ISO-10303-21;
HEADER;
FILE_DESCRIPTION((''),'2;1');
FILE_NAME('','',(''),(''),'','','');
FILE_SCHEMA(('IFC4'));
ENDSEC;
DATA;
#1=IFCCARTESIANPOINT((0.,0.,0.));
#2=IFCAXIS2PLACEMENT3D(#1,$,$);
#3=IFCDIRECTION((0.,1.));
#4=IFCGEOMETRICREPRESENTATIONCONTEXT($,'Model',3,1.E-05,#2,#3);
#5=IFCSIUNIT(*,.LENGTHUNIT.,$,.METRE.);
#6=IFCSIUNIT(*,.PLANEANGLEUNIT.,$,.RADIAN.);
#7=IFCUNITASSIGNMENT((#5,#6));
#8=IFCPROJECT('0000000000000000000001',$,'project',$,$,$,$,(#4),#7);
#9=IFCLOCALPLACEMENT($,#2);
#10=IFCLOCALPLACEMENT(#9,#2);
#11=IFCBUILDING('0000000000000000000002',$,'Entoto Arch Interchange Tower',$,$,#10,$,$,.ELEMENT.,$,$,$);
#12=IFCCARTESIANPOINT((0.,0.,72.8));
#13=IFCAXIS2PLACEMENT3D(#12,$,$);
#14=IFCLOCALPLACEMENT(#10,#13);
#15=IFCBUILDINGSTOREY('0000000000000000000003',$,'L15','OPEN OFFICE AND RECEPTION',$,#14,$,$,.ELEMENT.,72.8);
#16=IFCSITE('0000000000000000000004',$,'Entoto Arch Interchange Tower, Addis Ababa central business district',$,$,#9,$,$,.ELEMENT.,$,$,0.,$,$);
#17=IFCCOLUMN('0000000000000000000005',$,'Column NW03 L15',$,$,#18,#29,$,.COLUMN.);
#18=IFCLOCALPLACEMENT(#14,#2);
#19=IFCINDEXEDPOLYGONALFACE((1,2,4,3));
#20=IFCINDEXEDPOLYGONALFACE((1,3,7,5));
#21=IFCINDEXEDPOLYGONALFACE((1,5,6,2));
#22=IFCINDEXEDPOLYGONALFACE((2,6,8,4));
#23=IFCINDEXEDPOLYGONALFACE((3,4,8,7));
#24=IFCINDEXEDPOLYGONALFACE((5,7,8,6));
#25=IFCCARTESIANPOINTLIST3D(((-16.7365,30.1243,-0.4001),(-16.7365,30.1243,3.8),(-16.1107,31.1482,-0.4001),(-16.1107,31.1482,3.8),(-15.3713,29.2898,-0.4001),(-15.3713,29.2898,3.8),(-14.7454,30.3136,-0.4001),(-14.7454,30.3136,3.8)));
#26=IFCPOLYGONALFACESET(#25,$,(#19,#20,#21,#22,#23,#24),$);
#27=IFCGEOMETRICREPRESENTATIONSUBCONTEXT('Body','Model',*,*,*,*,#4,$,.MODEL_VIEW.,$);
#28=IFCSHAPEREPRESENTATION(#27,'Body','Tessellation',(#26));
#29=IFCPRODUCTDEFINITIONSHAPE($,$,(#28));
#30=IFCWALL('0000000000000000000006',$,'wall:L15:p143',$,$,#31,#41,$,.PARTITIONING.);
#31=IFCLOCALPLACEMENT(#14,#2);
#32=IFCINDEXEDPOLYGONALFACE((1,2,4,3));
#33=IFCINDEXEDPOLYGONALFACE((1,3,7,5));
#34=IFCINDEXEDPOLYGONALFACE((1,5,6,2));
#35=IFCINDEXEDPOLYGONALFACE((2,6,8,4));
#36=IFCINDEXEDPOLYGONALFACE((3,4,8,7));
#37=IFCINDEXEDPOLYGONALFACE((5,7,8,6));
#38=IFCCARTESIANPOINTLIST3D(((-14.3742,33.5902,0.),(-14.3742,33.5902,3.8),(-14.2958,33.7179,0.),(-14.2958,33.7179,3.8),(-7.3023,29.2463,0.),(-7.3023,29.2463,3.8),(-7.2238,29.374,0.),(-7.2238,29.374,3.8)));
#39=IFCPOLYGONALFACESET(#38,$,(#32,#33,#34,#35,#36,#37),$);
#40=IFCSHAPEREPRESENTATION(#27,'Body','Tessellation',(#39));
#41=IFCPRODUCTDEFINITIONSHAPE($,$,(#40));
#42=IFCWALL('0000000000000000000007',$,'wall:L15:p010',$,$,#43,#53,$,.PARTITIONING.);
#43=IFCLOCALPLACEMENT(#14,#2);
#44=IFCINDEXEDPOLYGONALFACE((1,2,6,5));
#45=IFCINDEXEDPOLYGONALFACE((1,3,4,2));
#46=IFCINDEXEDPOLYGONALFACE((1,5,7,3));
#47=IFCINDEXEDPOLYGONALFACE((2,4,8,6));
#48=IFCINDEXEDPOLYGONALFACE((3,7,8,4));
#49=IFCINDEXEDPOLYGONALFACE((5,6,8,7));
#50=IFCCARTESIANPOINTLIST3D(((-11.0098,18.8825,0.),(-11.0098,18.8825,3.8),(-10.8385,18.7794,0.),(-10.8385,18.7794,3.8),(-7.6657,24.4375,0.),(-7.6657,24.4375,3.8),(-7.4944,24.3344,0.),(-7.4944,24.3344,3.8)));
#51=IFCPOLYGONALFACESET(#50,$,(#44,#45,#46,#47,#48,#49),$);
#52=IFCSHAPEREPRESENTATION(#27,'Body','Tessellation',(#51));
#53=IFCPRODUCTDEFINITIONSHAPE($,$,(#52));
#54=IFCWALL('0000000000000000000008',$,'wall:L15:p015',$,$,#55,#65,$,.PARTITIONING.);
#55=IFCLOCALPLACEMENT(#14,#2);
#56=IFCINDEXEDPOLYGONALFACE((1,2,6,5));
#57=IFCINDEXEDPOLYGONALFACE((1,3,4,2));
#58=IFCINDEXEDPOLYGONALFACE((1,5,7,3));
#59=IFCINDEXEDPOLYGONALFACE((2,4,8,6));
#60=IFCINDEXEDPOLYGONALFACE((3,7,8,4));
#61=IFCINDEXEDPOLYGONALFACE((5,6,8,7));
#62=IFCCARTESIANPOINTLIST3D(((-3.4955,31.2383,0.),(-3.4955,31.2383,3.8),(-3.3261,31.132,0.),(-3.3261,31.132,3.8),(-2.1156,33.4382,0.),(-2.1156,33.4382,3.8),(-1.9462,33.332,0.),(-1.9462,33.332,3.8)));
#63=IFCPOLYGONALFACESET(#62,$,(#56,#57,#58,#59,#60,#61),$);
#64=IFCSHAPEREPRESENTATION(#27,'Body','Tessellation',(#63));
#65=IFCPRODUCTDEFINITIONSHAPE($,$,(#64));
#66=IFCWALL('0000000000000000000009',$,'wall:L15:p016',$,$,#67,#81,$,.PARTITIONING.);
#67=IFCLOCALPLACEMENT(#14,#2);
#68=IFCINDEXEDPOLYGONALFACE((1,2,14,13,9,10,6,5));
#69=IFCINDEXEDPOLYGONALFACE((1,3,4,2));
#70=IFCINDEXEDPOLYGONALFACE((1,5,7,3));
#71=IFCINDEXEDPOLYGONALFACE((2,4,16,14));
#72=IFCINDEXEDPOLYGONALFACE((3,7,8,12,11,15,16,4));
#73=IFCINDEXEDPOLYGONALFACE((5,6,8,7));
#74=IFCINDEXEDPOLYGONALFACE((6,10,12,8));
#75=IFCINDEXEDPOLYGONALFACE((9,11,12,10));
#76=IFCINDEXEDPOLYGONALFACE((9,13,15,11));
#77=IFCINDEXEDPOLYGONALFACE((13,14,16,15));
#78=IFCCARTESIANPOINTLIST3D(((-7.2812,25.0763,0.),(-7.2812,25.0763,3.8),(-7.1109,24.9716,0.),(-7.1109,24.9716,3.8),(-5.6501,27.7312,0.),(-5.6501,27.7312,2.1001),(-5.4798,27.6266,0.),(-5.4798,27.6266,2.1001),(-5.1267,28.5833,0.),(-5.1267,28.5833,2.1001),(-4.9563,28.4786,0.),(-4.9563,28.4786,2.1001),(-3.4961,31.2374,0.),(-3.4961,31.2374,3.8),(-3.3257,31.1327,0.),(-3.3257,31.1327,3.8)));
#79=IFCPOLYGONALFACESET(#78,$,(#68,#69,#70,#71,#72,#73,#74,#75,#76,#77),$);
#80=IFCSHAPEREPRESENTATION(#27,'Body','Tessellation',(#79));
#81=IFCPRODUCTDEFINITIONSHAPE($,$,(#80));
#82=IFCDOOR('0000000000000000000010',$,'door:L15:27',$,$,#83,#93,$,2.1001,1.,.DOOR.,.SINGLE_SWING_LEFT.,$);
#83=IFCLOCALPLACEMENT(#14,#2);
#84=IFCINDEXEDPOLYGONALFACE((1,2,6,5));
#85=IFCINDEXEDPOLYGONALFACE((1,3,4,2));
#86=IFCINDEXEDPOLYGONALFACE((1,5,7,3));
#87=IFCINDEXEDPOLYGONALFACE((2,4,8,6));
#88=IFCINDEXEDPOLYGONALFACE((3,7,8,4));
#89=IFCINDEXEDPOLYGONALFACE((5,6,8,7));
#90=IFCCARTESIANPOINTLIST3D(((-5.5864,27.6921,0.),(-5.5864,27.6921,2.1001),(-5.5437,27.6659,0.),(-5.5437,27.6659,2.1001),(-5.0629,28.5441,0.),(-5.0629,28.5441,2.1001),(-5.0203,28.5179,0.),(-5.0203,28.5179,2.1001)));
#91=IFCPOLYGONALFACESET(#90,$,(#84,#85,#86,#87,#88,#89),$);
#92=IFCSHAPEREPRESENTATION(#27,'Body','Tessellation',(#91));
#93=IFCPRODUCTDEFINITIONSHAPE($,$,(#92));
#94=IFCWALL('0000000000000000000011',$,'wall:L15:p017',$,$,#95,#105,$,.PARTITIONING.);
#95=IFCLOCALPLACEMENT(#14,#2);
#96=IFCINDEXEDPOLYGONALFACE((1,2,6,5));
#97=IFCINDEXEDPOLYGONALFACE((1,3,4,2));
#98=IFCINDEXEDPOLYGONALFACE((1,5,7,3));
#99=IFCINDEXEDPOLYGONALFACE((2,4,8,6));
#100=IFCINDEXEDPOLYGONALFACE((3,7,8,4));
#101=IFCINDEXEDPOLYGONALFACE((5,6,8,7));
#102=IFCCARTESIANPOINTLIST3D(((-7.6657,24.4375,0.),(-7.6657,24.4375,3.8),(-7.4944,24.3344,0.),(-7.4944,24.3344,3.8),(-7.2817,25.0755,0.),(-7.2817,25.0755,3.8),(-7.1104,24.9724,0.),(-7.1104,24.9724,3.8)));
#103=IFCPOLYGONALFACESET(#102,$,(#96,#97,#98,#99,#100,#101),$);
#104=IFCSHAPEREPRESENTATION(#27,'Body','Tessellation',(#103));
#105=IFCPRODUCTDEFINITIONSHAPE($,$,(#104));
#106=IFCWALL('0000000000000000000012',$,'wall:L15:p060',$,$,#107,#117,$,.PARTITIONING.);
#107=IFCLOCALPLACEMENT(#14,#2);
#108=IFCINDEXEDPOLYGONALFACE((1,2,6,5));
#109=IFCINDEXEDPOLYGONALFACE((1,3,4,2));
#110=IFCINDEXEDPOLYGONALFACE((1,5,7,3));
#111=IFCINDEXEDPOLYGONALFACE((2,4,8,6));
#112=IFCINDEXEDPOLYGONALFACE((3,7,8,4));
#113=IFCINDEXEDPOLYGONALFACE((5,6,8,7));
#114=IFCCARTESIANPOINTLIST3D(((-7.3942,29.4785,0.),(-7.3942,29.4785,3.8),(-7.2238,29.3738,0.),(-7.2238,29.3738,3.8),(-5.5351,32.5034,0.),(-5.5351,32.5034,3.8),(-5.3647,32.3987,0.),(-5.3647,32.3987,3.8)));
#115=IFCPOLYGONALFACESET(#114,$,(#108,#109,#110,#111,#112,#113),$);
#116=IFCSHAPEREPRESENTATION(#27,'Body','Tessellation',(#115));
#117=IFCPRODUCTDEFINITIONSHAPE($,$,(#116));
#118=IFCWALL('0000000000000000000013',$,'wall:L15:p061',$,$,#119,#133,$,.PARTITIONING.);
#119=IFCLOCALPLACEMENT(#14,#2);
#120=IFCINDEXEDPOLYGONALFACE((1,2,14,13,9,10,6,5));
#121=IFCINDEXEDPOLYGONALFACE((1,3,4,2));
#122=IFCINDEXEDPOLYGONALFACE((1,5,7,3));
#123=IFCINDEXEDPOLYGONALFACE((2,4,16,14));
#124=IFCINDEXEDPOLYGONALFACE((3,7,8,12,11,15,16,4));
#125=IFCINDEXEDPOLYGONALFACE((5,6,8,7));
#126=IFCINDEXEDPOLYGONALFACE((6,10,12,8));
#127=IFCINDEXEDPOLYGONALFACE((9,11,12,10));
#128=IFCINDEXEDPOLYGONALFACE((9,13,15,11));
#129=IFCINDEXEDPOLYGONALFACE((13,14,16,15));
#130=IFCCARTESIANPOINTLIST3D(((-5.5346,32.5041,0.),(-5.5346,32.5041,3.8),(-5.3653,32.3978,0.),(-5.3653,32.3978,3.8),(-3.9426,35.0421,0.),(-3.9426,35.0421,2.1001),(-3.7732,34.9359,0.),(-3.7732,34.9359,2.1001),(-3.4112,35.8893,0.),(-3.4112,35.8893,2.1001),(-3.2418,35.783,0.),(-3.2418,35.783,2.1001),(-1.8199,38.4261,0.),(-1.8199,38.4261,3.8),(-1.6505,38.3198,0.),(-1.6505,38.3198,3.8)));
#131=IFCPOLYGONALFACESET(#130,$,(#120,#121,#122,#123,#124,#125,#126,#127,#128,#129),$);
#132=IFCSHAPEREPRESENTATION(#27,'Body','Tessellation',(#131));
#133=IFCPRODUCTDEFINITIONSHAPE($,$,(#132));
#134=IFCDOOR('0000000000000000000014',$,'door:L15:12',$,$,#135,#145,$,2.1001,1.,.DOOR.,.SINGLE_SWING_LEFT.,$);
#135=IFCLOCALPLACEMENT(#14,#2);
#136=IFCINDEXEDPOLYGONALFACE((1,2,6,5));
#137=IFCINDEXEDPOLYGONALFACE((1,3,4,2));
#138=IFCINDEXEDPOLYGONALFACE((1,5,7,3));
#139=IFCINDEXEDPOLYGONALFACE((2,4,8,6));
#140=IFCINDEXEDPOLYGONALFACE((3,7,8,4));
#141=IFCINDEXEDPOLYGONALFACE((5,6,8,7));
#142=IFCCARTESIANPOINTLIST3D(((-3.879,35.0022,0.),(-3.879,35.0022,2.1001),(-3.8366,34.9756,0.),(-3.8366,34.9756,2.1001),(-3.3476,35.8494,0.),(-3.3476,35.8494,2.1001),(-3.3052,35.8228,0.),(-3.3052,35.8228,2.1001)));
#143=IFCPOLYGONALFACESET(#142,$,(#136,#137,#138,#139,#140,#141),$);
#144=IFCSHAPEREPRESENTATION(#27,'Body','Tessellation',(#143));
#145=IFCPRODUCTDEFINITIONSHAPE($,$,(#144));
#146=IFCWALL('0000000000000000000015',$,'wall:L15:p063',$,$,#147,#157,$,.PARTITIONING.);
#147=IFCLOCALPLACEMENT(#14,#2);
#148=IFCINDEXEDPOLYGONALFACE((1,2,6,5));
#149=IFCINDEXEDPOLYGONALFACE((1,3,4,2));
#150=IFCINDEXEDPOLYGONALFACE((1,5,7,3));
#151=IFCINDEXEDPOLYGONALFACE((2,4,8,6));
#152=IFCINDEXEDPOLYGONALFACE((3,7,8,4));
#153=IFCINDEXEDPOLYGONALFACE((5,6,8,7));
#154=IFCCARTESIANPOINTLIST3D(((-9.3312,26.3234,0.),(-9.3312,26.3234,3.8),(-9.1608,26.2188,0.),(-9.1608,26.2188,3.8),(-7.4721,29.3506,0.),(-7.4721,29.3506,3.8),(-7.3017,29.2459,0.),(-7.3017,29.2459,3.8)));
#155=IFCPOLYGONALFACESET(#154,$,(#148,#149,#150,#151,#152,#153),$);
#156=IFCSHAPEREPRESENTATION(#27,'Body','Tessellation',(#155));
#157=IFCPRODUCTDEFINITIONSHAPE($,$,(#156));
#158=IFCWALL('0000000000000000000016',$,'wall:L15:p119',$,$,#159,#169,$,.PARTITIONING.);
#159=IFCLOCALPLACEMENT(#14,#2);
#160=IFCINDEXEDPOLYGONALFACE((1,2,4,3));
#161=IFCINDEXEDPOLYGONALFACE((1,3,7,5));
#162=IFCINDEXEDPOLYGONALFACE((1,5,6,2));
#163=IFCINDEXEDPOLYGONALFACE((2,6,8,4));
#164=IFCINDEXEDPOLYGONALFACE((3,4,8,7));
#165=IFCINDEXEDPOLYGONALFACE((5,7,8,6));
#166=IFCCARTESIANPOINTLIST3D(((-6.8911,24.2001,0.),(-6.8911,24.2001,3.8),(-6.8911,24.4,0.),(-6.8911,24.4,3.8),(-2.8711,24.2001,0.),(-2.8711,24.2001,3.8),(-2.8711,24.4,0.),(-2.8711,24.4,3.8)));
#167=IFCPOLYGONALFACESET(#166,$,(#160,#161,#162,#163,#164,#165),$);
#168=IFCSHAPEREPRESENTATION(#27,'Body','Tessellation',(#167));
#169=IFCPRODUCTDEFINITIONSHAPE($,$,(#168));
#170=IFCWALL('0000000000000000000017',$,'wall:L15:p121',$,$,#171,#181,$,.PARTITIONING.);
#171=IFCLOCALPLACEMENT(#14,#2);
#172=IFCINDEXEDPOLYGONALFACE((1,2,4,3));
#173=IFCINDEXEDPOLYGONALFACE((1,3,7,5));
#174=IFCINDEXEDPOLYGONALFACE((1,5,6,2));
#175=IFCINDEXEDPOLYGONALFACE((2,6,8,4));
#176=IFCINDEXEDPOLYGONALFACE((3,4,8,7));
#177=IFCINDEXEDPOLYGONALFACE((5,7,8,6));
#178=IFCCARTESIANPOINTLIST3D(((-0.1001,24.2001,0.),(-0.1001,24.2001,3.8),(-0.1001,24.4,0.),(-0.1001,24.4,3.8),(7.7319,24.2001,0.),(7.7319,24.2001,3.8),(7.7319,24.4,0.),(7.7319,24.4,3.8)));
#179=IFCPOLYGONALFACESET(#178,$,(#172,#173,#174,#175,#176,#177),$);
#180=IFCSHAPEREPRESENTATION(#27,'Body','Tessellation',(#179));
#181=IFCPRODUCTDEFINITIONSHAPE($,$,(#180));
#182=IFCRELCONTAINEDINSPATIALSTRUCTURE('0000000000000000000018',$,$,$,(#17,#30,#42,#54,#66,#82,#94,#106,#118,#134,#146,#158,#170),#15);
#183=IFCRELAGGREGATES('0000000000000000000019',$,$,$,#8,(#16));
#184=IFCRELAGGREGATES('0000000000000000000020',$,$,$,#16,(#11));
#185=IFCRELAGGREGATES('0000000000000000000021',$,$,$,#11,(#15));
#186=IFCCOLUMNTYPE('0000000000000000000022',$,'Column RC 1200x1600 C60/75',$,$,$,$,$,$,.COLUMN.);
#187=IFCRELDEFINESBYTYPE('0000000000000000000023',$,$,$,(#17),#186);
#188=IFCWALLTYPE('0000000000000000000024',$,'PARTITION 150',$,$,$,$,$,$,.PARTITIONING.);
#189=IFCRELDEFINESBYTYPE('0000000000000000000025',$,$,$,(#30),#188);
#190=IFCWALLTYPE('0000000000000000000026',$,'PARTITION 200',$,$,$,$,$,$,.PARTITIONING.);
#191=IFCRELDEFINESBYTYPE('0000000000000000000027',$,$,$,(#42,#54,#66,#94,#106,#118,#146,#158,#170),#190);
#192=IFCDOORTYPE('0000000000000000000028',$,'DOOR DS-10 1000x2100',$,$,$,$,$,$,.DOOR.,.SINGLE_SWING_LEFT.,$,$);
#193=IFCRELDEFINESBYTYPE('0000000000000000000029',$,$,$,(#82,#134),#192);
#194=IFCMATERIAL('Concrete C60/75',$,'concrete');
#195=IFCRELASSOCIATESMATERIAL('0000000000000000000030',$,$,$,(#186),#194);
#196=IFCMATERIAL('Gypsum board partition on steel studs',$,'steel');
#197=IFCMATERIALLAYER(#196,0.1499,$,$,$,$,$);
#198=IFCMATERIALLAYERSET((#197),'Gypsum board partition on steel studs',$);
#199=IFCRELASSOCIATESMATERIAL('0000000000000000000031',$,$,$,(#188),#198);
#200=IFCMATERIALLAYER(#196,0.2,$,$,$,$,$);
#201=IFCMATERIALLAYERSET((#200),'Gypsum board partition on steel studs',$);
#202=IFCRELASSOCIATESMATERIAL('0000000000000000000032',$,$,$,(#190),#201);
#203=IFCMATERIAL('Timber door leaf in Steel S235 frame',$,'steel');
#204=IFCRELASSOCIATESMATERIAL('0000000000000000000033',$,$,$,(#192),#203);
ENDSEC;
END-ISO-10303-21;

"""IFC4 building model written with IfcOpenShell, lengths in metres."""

from ifc_helpers import new_model, si_unit, direction, frame, frame_2d, origin, origin_2d, place, context, subcontext, project, spatial, rectangle, extrude, material, layer, layer_set, material_profile, profile_set, type_object, element, fill, save


model = new_model("IFC4")

# Units and contexts
model_context = context("Model", 3, precision=1e-05, world=origin(), true_north=direction((0.0, 1.0)))
body_context = subcontext(model_context, "Body", "Model", "MODEL_VIEW")
ifc_project = project(units=[si_unit("LENGTHUNIT", "METRE"), si_unit("PLANEANGLEUNIT", "RADIAN")], contexts=[model_context])

# Site, building, storey
site_placement = place(None, origin())
site = spatial("IfcSite", under=ifc_project, at=site_placement, Name="Entoto Arch Interchange Tower, Addis Ababa central business district", CompositionType="ELEMENT", RefElevation=0.0)
building_placement = place(site_placement, origin())
building = spatial("IfcBuilding", under=site, at=building_placement, Name="Entoto Arch Interchange Tower", CompositionType="ELEMENT")
storey_placement = place(building_placement, frame((0.0, 0.0, 72.8)))
storey = spatial("IfcBuildingStorey", under=building, at=storey_placement, Name="L15", Description="OPEN OFFICE AND RECEPTION", CompositionType="ELEMENT", Elevation=72.8)

# Column
ifc_material_1 = material(Name="Concrete C60/75", Category="concrete")
ifc_material_profile = material_profile(ifc_material_1, rectangle(XDim=1.2, YDim=1.6001, at=origin_2d()))
ifc_profile_set = profile_set([ifc_material_profile], Name="Concrete C60/75")
column_type = type_object("IfcColumnType", Name="Column RC 1200x1600 C60/75", PredefinedType="COLUMN", material=ifc_profile_set)
column_placement = place(storey_placement, frame((-15.741, 30.219, -0.4001), z_axis=(0.0, 0.0, 1.0), x_axis=(0.521546, 0.853223, 0.0)))
element("IfcColumn", 1, at=column_placement, inside=storey, type_object=column_type, Name="Column NW03 L15", PredefinedType="COLUMN", context=body_context, shape_type="SweptSolid", body=[
    extrude(rectangle(XDim=1.2, YDim=1.6001, at=origin_2d()), origin(), (0.0, 0.0, 1.0), 4.2002),
])

# Walls
ifc_material_2 = material(Name="Gypsum board partition on steel studs", Category="steel")
ifc_layer_1 = layer(ifc_material_2, 0.1499)
ifc_layer_set_1 = layer_set([ifc_layer_1], Name="Gypsum board partition on steel studs")
wall_type_1 = type_object("IfcWallType", Name="PARTITION 150", PredefinedType="PARTITIONING", material=ifc_layer_set_1)
wall_1_placement = place(storey_placement, frame((-7.2629, 29.3101, 0.0), z_axis=(0.0, 0.0, 1.0), x_axis=(-0.852089, 0.523396, 0.0)))
element("IfcWall", 2, at=wall_1_placement, inside=storey, type_object=wall_type_1, Name="wall:L15:p143", PredefinedType="PARTITIONING", context=body_context, shape_type="SweptSolid", body=[
    extrude(rectangle(XDim=8.2996, YDim=0.1499, at=frame_2d((4.1499, 0.0))), origin(), (0.0, 0.0, 1.0), 3.8),
])
ifc_layer_2 = layer(ifc_material_2, 0.2)
ifc_layer_set_2 = layer_set([ifc_layer_2], Name="Gypsum board partition on steel studs")
wall_type_2 = type_object("IfcWallType", Name="PARTITION 200", PredefinedType="PARTITIONING", material=ifc_layer_set_2)
wall_2_placement = place(storey_placement, frame((-7.5801, 24.386, 0.0), z_axis=(0.0, 0.0, 1.0), x_axis=(-0.515747, -0.856741, 0.0)))
element("IfcWall", 3, at=wall_2_placement, inside=storey, type_object=wall_type_2, Name="wall:L15:p010", PredefinedType="PARTITIONING", context=body_context, shape_type="SweptSolid", body=[
    extrude(rectangle(XDim=6.4839, YDim=0.2, at=frame_2d((3.2419, 0.0))), origin(), (0.0, 0.0, 1.0), 3.8),
])
wall_3_placement = place(storey_placement, frame((-2.031, 33.385, 0.0), z_axis=(0.0, 0.0, 1.0), x_axis=(-0.531359, -0.847147, 0.0)))
element("IfcWall", 4, at=wall_3_placement, inside=storey, type_object=wall_type_2, Name="wall:L15:p015", PredefinedType="PARTITIONING", context=body_context, shape_type="SweptSolid", body=[
    extrude(rectangle(XDim=2.5969, YDim=0.2, at=frame_2d((1.2983, 0.0))), origin(), (0.0, 0.0, 1.0), 3.8),
])

# Wall, opening, door
wall_4_placement = place(storey_placement, frame((-3.4109, 31.1851, 0.0), z_axis=(0.0, 0.0, 1.0), x_axis=(-0.523464, -0.852048, 0.0)))
wall_4 = element("IfcWall", 5, at=wall_4_placement, inside=storey, type_object=wall_type_2, Name="wall:L15:p016", PredefinedType="PARTITIONING", context=body_context, shape_type="SweptSolid", body=[
    extrude(rectangle(XDim=7.231, YDim=0.2, at=frame_2d((3.6155, 0.0))), origin(), (0.0, 0.0, 1.0), 3.8),
])
opening_1_placement = place(wall_4_placement, frame((3.115, 0.0, 0.0)))
opening_1 = element("IfcOpeningElement", 6, at=opening_1_placement, cuts=wall_4, PredefinedType="OPENING", context=body_context, shape_type="SweptSolid", body=[
    extrude(rectangle(XDim=1.0, YDim=2.1001, at=frame_2d((0.5, 1.05))), frame((0.0, 0.1099, 0.0), z_axis=(0.0, -1.0, 0.0), x_axis=(1.0, 0.0, 0.0)), (0.0, 0.0, 1.0), 0.22),
])
ifc_material_3 = material(Name="Timber door leaf in Steel S235 frame", Category="steel")
door_type = type_object("IfcDoorType", Name="DOOR DS-10 1000x2100", OperationType="SINGLE_SWING_LEFT", PredefinedType="DOOR", material=ifc_material_3)
door_1_placement = place(opening_1_placement, origin())
door_1 = element("IfcDoor", 7, at=door_1_placement, inside=storey, type_object=door_type, Name="door:L15:27", OperationType="SINGLE_SWING_LEFT", OverallHeight=2.1001, OverallWidth=1.0, PredefinedType="DOOR", context=body_context, shape_type="SweptSolid", body=[
    extrude(rectangle(XDim=1.0, YDim=2.1001, at=frame_2d((0.5, 1.05))), frame((0.0, 0.0249, 0.0), z_axis=(0.0, -1.0, 0.0), x_axis=(1.0, 0.0, 0.0)), (0.0, 0.0, 1.0), 0.05),
])
fill(opening_1, door_1)

# Walls
wall_5_placement = place(storey_placement, frame((-7.196, 25.0239, 0.0), z_axis=(0.0, 0.0, 1.0), x_axis=(-0.515749, -0.85674, 0.0)))
element("IfcWall", 8, at=wall_5_placement, inside=storey, type_object=wall_type_2, Name="wall:L15:p017", PredefinedType="PARTITIONING", context=body_context, shape_type="SweptSolid", body=[
    extrude(rectangle(XDim=0.7446, YDim=0.2, at=frame_2d((0.3723, 0.0))), origin(), (0.0, 0.0, 1.0), 3.8),
])
wall_6_placement = place(storey_placement, frame((-7.3091, 29.426, 0.0), z_axis=(0.0, 0.0, 1.0), x_axis=(0.523618, 0.851953, 0.0)))
element("IfcWall", 9, at=wall_6_placement, inside=storey, type_object=wall_type_2, Name="wall:L15:p060", PredefinedType="PARTITIONING", context=body_context, shape_type="SweptSolid", body=[
    extrude(rectangle(XDim=3.5505, YDim=0.2, at=frame_2d((1.7754, 0.0))), origin(), (0.0, 0.0, 1.0), 3.8),
])

# Wall, opening, door
wall_7_placement = place(storey_placement, frame((-5.45, 32.4509, 0.0), z_axis=(0.0, 0.0, 1.0), x_axis=(0.531389, 0.847128, 0.0)))
wall_7 = element("IfcWall", 10, at=wall_7_placement, inside=storey, type_object=wall_type_2, Name="wall:L15:p061", PredefinedType="PARTITIONING", context=body_context, shape_type="SweptSolid", body=[
    extrude(rectangle(XDim=6.9907, YDim=0.2, at=frame_2d((3.4954, 0.0))), origin(), (0.0, 0.0, 1.0), 3.8),
])
opening_2_placement = place(wall_7_placement, frame((2.9961, 0.0, 0.0)))
opening_2 = element("IfcOpeningElement", 11, at=opening_2_placement, cuts=wall_7, PredefinedType="OPENING", context=body_context, shape_type="SweptSolid", body=[
    extrude(rectangle(XDim=1.0, YDim=2.1001, at=frame_2d((0.5, 1.05))), frame((0.0, 0.1099, 0.0), z_axis=(0.0, -1.0, 0.0), x_axis=(1.0, 0.0, 0.0)), (0.0, 0.0, 1.0), 0.22),
])
door_2_placement = place(opening_2_placement, origin())
door_2 = element("IfcDoor", 12, at=door_2_placement, inside=storey, type_object=door_type, Name="door:L15:12", OperationType="SINGLE_SWING_LEFT", OverallHeight=2.1001, OverallWidth=1.0, PredefinedType="DOOR", context=body_context, shape_type="SweptSolid", body=[
    extrude(rectangle(XDim=1.0, YDim=2.1001, at=frame_2d((0.5, 1.05))), frame((0.0, 0.0249, 0.0), z_axis=(0.0, -1.0, 0.0), x_axis=(1.0, 0.0, 0.0)), (0.0, 0.0, 1.0), 0.05),
])
fill(opening_2, door_2)

# Walls
wall_8_placement = place(storey_placement, frame((-9.2461, 26.271, 0.0), z_axis=(0.0, 0.0, 1.0), x_axis=(0.523342, 0.852123, 0.0)))
element("IfcWall", 13, at=wall_8_placement, inside=storey, type_object=wall_type_2, Name="wall:L15:p063", PredefinedType="PARTITIONING", context=body_context, shape_type="SweptSolid", body=[
    extrude(rectangle(XDim=3.5525, YDim=0.2, at=frame_2d((1.7764, 0.0))), origin(), (0.0, 0.0, 1.0), 3.8),
])
wall_9_placement = place(storey_placement, frame((-2.8711, 24.3, 0.0), z_axis=(0.0, 0.0, 1.0), x_axis=(-1.0, 0.0, 0.0)))
element("IfcWall", 14, at=wall_9_placement, inside=storey, type_object=wall_type_2, Name="wall:L15:p119", PredefinedType="PARTITIONING", context=body_context, shape_type="SweptSolid", body=[
    extrude(rectangle(XDim=4.02, YDim=0.2, at=frame_2d((2.01, 0.0))), origin(), (0.0, 0.0, 1.0), 3.8),
])
wall_10_placement = place(storey_placement, frame((-0.1001, 24.3, 0.0), z_axis=(0.0, 0.0, 1.0), x_axis=(1.0, 0.0, 0.0)))
element("IfcWall", 15, at=wall_10_placement, inside=storey, type_object=wall_type_2, Name="wall:L15:p121", PredefinedType="PARTITIONING", context=body_context, shape_type="SweptSolid", body=[
    extrude(rectangle(XDim=7.832, YDim=0.2, at=frame_2d((3.916, 0.0))), origin(), (0.0, 0.0, 1.0), 3.8),
])

save(model, "model.ifc")
